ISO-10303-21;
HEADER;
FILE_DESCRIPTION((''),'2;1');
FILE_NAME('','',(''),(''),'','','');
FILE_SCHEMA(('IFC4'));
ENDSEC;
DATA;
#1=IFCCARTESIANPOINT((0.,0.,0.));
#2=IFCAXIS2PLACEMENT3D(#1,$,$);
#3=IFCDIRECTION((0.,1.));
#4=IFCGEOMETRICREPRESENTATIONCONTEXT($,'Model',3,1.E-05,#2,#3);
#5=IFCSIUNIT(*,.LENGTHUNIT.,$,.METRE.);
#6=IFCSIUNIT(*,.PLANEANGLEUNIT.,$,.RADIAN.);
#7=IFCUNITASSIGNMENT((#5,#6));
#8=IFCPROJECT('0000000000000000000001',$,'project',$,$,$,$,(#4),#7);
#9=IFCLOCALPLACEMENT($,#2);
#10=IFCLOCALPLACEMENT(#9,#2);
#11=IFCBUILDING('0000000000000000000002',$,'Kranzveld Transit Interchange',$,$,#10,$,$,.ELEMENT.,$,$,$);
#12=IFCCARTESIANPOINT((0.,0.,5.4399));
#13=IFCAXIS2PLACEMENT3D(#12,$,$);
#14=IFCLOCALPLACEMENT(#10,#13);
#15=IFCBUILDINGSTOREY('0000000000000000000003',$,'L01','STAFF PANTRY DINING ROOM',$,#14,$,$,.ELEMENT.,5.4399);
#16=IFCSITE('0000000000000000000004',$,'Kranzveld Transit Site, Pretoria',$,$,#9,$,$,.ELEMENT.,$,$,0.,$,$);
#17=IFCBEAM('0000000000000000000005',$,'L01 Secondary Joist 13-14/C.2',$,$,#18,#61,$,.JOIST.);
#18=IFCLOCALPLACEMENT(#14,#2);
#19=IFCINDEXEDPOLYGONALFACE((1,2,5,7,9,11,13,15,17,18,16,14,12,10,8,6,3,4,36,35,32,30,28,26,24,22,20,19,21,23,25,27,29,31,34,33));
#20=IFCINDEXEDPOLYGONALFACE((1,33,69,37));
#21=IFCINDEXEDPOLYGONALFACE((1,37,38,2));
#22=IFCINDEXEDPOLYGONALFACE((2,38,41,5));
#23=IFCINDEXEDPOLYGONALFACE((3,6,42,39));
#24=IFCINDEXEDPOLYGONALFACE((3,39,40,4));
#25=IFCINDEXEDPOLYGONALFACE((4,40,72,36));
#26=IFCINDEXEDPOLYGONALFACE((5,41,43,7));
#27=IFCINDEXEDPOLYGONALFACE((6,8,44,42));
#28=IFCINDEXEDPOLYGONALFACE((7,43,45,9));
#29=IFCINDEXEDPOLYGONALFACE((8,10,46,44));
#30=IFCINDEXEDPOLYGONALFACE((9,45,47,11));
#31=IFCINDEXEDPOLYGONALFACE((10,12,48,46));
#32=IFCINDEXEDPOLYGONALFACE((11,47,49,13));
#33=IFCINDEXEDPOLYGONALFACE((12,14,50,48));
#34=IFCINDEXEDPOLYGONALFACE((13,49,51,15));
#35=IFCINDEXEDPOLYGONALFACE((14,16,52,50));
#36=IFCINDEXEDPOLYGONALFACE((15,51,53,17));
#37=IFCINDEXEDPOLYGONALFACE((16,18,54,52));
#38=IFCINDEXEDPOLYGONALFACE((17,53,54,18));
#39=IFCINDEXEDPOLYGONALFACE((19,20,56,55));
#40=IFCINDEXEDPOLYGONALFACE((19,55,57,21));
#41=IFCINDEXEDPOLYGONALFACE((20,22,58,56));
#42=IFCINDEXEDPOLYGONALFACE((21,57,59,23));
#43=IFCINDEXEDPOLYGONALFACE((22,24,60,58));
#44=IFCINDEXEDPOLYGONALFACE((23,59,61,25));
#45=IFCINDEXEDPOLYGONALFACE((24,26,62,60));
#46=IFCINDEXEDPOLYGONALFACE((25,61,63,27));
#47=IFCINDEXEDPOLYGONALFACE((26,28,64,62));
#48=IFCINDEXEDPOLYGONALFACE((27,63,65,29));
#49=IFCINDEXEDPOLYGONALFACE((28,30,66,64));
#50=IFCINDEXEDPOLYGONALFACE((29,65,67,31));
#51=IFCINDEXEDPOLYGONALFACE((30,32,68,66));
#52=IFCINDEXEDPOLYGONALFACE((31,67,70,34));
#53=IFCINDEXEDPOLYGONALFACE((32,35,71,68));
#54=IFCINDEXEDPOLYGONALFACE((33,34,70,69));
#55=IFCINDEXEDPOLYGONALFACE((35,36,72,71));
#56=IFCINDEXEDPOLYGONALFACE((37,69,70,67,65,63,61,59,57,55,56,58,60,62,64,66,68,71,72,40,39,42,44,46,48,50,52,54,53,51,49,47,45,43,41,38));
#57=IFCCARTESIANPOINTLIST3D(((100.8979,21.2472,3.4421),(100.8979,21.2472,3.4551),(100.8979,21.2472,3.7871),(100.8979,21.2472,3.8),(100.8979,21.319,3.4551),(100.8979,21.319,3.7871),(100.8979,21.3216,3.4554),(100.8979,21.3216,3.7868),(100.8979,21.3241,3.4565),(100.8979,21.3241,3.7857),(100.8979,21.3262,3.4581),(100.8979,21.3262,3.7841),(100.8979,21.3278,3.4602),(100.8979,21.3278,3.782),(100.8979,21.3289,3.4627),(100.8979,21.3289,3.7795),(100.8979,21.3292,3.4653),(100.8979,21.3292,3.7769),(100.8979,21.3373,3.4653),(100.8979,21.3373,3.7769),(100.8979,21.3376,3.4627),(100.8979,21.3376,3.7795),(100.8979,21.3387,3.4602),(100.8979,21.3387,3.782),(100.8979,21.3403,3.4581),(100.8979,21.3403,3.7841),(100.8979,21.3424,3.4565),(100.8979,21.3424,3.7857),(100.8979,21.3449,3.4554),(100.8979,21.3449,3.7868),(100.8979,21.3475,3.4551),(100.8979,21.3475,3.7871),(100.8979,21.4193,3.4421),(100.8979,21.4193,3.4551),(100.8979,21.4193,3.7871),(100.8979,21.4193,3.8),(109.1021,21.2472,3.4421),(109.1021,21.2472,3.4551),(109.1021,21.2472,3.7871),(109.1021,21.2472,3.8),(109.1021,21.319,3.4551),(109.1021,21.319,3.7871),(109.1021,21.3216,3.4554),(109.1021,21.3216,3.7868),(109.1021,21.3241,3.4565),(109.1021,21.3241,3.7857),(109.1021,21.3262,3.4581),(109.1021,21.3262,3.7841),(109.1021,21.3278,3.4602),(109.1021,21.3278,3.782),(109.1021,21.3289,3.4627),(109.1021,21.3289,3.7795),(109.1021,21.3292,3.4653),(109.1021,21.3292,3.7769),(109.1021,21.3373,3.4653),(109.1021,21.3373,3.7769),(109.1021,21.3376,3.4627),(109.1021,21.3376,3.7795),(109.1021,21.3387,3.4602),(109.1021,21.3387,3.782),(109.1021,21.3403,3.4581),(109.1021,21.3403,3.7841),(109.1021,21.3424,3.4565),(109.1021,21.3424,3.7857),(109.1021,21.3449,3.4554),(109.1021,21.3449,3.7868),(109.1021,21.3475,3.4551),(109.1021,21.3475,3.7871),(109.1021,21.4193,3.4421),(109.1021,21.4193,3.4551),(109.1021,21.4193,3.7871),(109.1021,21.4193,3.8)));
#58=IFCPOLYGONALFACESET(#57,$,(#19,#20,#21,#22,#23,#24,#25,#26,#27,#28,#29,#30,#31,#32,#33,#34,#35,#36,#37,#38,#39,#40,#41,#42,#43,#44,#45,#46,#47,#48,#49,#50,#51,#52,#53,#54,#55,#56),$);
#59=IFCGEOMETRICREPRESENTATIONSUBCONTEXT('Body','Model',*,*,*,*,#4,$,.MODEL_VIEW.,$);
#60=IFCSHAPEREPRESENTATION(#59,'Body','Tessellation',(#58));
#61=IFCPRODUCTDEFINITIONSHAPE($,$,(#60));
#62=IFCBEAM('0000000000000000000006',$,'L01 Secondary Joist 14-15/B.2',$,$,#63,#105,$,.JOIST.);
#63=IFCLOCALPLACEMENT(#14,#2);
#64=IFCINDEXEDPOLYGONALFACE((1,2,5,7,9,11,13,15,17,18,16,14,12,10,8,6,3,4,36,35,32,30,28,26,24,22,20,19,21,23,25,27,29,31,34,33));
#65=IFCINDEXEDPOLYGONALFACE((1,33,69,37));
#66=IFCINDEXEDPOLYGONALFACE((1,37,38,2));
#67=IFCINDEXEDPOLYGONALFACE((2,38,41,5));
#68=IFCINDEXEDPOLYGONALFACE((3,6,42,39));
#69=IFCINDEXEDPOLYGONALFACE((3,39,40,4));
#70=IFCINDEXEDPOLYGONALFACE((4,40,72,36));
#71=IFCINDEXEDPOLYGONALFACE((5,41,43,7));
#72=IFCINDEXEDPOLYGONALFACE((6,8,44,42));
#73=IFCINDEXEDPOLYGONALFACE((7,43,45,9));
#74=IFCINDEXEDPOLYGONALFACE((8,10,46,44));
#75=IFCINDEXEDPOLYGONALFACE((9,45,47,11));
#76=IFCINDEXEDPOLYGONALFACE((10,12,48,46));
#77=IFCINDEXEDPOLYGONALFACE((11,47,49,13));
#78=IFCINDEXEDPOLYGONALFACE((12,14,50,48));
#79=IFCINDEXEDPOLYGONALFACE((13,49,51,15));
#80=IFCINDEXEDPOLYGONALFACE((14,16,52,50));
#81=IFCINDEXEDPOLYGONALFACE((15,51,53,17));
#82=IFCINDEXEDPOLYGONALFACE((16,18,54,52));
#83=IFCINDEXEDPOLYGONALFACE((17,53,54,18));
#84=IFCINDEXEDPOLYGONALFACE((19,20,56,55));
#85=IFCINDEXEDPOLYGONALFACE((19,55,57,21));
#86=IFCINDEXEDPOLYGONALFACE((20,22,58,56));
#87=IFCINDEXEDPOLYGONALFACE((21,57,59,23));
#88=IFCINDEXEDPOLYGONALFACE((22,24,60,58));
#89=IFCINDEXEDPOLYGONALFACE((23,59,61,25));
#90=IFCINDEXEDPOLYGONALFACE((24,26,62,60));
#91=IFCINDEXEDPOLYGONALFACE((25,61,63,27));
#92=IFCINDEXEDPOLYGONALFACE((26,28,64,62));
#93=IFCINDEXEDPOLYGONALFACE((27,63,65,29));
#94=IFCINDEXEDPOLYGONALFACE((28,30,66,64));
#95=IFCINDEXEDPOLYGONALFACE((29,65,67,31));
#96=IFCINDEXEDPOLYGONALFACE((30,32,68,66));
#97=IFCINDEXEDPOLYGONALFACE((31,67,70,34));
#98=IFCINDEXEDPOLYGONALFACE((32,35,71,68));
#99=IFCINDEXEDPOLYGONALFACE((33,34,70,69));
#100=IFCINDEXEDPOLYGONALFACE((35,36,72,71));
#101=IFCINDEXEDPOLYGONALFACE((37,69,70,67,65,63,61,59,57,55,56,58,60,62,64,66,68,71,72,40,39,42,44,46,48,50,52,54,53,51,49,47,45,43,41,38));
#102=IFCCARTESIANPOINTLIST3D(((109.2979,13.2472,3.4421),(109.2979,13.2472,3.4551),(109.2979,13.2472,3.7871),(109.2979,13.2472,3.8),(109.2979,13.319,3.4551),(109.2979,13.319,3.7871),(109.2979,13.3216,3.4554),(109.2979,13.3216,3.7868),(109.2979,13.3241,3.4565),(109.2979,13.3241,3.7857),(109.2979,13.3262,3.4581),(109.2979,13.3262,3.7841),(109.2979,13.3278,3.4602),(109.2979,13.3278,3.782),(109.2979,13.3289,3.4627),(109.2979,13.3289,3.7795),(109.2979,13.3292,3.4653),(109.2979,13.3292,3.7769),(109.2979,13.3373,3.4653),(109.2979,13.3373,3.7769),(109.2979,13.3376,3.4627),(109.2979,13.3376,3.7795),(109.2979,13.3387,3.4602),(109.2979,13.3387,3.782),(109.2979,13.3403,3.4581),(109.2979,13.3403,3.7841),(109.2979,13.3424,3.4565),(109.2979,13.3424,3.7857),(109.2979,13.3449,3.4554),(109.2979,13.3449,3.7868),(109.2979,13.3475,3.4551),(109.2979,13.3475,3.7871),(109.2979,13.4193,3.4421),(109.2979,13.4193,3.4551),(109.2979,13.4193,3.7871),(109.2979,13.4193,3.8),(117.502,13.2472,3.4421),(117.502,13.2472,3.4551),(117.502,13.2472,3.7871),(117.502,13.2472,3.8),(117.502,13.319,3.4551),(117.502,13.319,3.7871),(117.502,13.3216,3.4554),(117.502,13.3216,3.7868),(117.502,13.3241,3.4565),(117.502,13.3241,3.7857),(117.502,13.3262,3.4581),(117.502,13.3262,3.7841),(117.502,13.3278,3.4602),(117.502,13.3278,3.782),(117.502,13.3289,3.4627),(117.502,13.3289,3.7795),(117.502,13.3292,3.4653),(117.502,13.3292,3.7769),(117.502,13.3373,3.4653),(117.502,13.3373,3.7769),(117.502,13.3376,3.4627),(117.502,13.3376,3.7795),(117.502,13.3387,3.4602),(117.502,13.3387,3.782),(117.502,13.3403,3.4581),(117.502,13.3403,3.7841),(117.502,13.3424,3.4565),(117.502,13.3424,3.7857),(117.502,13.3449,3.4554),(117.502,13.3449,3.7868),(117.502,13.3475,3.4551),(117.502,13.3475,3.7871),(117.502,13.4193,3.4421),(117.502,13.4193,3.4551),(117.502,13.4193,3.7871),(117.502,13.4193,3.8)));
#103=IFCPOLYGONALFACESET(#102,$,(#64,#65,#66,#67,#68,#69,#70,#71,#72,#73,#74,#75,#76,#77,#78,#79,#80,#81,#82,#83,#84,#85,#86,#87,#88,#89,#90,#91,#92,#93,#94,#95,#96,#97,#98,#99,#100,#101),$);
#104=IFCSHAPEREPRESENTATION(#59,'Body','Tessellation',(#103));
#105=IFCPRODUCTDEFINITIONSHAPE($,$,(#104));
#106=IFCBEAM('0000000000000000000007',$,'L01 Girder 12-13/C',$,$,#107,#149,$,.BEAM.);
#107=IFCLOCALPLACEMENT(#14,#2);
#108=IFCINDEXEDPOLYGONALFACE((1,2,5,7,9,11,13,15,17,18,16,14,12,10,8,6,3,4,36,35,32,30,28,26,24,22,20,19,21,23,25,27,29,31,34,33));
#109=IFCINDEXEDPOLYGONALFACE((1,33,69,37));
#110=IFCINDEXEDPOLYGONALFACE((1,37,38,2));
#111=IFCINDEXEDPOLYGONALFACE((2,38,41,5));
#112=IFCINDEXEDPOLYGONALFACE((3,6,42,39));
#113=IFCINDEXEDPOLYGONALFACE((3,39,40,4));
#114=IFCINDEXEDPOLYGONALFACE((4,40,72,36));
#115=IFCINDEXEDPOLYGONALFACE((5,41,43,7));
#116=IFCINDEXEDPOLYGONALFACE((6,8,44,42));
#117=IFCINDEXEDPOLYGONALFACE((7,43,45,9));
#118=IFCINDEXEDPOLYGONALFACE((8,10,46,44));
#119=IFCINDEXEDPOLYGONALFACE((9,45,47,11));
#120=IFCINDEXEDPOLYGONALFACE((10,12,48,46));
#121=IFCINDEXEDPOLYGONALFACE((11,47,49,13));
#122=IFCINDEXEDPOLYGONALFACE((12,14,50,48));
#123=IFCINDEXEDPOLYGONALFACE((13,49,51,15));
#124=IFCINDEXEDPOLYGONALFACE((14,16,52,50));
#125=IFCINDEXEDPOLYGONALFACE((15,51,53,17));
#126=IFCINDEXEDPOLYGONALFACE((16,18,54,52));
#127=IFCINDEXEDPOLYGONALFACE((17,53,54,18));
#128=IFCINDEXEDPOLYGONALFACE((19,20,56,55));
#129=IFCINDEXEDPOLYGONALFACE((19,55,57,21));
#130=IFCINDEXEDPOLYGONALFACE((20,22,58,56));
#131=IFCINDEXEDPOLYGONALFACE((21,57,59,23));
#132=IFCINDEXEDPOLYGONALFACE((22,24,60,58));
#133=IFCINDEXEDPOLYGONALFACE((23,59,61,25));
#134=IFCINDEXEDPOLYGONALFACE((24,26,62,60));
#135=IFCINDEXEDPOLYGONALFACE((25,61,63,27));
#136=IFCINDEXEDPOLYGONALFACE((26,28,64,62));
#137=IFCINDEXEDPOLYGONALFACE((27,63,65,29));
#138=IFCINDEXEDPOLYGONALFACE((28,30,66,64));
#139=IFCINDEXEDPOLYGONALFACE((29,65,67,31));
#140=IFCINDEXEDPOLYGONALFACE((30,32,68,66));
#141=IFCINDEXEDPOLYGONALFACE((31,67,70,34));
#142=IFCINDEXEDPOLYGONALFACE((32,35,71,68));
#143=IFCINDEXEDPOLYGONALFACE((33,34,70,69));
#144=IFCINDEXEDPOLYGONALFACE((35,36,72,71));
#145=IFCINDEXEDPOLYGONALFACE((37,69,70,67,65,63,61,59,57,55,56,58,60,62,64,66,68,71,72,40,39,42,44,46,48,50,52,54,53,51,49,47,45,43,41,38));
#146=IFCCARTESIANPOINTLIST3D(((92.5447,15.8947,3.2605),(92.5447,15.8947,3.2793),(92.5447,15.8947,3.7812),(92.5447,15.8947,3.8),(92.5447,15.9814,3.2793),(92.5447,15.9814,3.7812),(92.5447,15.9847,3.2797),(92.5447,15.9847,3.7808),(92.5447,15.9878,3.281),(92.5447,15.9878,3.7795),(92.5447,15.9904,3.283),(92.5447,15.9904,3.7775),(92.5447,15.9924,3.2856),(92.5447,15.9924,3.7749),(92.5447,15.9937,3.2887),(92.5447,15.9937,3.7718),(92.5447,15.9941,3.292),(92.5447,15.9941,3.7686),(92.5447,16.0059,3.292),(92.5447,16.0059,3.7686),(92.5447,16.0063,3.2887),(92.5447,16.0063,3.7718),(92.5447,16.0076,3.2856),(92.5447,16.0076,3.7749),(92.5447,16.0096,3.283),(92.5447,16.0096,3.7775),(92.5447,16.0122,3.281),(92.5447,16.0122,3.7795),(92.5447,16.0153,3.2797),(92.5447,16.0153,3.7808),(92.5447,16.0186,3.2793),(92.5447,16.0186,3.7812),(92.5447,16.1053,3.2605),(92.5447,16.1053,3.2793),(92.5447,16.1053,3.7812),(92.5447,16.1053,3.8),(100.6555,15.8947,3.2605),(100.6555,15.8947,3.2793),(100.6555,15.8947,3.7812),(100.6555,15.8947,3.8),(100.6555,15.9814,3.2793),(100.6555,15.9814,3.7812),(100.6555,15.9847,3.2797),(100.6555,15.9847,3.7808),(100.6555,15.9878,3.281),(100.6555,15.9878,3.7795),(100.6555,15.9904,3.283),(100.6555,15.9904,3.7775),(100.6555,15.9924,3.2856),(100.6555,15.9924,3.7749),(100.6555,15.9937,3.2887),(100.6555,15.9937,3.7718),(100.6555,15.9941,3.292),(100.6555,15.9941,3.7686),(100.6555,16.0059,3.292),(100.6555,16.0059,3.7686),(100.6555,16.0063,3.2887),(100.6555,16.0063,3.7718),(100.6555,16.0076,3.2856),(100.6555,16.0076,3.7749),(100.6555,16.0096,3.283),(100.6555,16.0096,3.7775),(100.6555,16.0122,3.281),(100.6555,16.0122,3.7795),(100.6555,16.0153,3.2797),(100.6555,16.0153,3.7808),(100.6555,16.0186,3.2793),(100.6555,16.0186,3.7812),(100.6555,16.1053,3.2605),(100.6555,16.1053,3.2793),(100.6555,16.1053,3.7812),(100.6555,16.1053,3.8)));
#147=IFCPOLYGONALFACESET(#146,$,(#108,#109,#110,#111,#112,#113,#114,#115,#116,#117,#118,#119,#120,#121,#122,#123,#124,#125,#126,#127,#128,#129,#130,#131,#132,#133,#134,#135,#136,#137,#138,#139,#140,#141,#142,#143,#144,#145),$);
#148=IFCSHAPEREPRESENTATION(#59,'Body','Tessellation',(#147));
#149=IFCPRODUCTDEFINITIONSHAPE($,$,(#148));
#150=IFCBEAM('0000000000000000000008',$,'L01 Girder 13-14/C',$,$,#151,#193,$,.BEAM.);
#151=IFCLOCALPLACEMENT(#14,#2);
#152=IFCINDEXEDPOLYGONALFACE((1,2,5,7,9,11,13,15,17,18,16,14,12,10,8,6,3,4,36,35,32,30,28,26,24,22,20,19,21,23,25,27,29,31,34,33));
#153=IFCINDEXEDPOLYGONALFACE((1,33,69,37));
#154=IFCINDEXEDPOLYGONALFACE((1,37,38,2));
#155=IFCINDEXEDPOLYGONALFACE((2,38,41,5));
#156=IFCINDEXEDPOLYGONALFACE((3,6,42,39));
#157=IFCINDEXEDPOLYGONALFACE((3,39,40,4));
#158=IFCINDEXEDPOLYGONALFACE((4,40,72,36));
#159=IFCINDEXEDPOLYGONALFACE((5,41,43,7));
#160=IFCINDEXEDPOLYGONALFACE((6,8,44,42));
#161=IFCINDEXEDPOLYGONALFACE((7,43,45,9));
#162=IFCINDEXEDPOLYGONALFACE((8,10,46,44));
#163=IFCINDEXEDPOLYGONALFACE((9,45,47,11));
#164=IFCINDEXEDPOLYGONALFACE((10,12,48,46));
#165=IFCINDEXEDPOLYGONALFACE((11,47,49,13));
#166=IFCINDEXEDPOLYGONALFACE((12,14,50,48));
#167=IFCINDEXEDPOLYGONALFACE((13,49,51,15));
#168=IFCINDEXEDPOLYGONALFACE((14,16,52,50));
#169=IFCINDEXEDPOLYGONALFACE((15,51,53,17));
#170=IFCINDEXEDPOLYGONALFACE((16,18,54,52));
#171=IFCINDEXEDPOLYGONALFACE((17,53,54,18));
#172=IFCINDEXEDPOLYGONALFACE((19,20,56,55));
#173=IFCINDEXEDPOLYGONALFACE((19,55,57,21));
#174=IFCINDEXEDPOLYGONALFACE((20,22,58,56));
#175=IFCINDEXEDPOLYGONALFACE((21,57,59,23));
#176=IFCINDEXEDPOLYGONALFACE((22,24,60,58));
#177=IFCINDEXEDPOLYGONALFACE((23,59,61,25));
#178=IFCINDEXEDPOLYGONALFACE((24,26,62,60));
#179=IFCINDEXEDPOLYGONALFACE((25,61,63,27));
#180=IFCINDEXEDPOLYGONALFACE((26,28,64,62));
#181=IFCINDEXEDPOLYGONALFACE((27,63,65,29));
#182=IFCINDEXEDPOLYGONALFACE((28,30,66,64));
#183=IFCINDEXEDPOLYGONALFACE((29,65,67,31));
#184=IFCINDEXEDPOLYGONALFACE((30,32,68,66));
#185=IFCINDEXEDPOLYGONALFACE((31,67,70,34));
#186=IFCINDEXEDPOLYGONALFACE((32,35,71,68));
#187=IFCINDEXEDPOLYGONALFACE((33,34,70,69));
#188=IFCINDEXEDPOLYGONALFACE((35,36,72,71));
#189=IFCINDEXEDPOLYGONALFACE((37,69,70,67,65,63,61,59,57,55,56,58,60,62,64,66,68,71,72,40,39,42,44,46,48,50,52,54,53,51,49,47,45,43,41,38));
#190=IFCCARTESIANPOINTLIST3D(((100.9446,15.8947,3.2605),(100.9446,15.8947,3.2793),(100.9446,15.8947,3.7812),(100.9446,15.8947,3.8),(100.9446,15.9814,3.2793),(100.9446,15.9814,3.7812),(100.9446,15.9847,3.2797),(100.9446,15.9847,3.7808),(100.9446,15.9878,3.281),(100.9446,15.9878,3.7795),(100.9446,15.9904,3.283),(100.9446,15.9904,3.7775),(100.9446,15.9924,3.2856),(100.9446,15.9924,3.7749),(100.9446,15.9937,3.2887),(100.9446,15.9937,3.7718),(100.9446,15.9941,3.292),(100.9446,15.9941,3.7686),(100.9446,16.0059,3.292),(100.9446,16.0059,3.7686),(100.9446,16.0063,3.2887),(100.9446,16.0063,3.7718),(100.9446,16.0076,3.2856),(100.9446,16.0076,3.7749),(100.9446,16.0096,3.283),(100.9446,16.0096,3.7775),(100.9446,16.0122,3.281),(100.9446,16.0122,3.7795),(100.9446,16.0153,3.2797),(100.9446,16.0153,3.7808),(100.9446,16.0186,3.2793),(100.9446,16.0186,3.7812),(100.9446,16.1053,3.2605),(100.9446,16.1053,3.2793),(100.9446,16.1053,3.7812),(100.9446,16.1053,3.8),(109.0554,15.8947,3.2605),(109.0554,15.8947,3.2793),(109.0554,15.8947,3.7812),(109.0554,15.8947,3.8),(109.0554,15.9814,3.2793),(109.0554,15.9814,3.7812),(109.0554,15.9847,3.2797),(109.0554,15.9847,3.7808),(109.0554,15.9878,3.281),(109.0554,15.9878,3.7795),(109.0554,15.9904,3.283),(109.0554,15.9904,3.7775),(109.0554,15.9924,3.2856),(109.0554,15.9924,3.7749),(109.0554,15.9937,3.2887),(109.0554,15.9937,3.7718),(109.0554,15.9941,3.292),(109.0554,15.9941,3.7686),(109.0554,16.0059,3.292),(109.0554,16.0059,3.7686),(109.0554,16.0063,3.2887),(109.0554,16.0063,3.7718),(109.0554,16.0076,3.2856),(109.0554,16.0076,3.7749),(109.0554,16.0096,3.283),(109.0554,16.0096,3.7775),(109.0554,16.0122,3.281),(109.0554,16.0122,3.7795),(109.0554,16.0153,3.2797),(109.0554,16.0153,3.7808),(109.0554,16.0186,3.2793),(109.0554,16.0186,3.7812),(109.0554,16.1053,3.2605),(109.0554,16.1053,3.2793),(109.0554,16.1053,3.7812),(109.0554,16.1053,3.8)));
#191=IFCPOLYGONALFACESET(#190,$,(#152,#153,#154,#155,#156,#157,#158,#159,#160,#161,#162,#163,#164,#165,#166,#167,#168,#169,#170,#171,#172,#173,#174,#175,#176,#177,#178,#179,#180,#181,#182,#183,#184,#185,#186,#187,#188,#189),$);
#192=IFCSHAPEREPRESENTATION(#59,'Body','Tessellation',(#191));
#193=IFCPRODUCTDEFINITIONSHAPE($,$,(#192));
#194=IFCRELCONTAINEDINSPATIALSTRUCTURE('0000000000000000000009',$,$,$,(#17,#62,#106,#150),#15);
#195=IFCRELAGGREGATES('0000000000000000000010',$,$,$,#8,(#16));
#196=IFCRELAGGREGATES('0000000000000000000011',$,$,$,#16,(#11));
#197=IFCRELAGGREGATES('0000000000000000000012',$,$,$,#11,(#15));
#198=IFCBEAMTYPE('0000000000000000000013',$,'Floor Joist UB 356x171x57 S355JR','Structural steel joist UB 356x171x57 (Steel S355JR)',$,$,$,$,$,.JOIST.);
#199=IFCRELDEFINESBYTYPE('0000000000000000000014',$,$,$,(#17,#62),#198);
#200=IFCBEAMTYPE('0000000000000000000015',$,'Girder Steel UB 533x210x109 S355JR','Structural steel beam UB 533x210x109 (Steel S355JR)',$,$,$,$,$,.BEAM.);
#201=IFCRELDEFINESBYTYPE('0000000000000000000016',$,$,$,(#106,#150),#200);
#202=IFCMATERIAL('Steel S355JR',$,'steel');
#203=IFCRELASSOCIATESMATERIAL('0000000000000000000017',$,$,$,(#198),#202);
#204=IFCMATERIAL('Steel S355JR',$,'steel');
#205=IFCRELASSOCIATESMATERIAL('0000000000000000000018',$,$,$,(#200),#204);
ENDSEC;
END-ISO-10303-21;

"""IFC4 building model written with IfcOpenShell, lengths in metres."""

from ifc_helpers import new_model, si_unit, direction, frame, origin, origin_2d, place, context, subcontext, project, spatial, i_section, extrude, material, material_profile, profile_set, type_object, element, save


model = new_model("IFC4")

# Units and contexts
model_context = context("Model", 3, precision=1e-05, world=origin(), true_north=direction((0.0, 1.0)))
body_context = subcontext(model_context, "Body", "Model", "MODEL_VIEW")
ifc_project = project(units=[si_unit("LENGTHUNIT", "METRE"), si_unit("PLANEANGLEUNIT", "RADIAN")], contexts=[model_context])

# Site, building, storey
site_placement = place(None, origin())
site = spatial("IfcSite", under=ifc_project, at=site_placement, Name="Kranzveld Transit Site, Pretoria", CompositionType="ELEMENT", RefElevation=0.0)
building_placement = place(site_placement, origin())
building = spatial("IfcBuilding", under=site, at=building_placement, Name="Kranzveld Transit Interchange", CompositionType="ELEMENT")
storey_placement = place(building_placement, frame((0.0, 0.0, 5.4399)))
storey = spatial("IfcBuildingStorey", under=building, at=storey_placement, Name="L01", Description="STAFF PANTRY DINING ROOM", CompositionType="ELEMENT", Elevation=5.4399)

# Beams
ifc_material_1 = material(Name="Steel S355JR", Category="steel")
ifc_material_profile_1 = material_profile(ifc_material_1, i_section(OverallWidth=0.1721, OverallDepth=0.3579, WebThickness=0.0081, FlangeThickness=0.0129, FilletRadius=0.0103, at=origin_2d()), Name="UB 356x171x57")
ifc_profile_set_1 = profile_set([ifc_material_profile_1], Name="Steel S355JR")
beam_type_1 = type_object("IfcBeamType", Name="Floor Joist UB 356x171x57 S355JR", Description="Structural steel joist UB 356x171x57 (Steel S355JR)", PredefinedType="JOIST", material=ifc_profile_set_1)
for number, where, z_axis, x_axis, name in (
    (1, (100.8979, 21.3333, 3.6211), (1.0, 0.0, 0.0), (0.0, 1.0, 0.0), "L01 Secondary Joist 13-14/C.2"),
    (2, (109.2979, 13.3333, 3.6211), (1.0, 0.0, 0.0), (0.0, 1.0, 0.0), "L01 Secondary Joist 14-15/B.2"),
):
    element("IfcBeam", number, at=place(storey_placement, frame(where, z_axis=z_axis, x_axis=x_axis)), inside=storey, type_object=beam_type_1, Name=name, PredefinedType="JOIST", context=body_context, shape_type="SweptSolid", body=[
        extrude(i_section(OverallWidth=0.1721, OverallDepth=0.3579, WebThickness=0.0081, FlangeThickness=0.0129, FilletRadius=0.0103, at=origin_2d()), origin(), (0.0, 0.0, 1.0), 8.2041),
    ])
ifc_material_2 = material(Name="Steel S355JR", Category="steel")
ifc_material_profile_2 = material_profile(ifc_material_2, i_section(OverallWidth=0.2107, OverallDepth=0.5396, WebThickness=0.0117, FlangeThickness=0.0188, FilletRadius=0.0127, at=origin_2d()), Name="UB 533x210x109")
ifc_profile_set_2 = profile_set([ifc_material_profile_2], Name="Steel S355JR")
beam_type_2 = type_object("IfcBeamType", Name="Girder Steel UB 533x210x109 S355JR", Description="Structural steel beam UB 533x210x109 (Steel S355JR)", PredefinedType="BEAM", material=ifc_profile_set_2)
for number, where, z_axis, x_axis, name in (
    (3, (92.5447, 16.0, 3.5303), (1.0, 0.0, 0.0), (0.0, 1.0, 0.0), "L01 Girder 12-13/C"),
    (4, (100.9446, 16.0, 3.5303), (1.0, 0.0, 0.0), (0.0, 1.0, 0.0), "L01 Girder 13-14/C"),
):
    element("IfcBeam", number, at=place(storey_placement, frame(where, z_axis=z_axis, x_axis=x_axis)), inside=storey, type_object=beam_type_2, Name=name, PredefinedType="BEAM", context=body_context, shape_type="SweptSolid", body=[
        extrude(i_section(OverallWidth=0.2107, OverallDepth=0.5396, WebThickness=0.0117, FlangeThickness=0.0188, FilletRadius=0.0127, at=origin_2d()), origin(), (0.0, 0.0, 1.0), 8.1108),
    ])

save(model, "model.ifc")
